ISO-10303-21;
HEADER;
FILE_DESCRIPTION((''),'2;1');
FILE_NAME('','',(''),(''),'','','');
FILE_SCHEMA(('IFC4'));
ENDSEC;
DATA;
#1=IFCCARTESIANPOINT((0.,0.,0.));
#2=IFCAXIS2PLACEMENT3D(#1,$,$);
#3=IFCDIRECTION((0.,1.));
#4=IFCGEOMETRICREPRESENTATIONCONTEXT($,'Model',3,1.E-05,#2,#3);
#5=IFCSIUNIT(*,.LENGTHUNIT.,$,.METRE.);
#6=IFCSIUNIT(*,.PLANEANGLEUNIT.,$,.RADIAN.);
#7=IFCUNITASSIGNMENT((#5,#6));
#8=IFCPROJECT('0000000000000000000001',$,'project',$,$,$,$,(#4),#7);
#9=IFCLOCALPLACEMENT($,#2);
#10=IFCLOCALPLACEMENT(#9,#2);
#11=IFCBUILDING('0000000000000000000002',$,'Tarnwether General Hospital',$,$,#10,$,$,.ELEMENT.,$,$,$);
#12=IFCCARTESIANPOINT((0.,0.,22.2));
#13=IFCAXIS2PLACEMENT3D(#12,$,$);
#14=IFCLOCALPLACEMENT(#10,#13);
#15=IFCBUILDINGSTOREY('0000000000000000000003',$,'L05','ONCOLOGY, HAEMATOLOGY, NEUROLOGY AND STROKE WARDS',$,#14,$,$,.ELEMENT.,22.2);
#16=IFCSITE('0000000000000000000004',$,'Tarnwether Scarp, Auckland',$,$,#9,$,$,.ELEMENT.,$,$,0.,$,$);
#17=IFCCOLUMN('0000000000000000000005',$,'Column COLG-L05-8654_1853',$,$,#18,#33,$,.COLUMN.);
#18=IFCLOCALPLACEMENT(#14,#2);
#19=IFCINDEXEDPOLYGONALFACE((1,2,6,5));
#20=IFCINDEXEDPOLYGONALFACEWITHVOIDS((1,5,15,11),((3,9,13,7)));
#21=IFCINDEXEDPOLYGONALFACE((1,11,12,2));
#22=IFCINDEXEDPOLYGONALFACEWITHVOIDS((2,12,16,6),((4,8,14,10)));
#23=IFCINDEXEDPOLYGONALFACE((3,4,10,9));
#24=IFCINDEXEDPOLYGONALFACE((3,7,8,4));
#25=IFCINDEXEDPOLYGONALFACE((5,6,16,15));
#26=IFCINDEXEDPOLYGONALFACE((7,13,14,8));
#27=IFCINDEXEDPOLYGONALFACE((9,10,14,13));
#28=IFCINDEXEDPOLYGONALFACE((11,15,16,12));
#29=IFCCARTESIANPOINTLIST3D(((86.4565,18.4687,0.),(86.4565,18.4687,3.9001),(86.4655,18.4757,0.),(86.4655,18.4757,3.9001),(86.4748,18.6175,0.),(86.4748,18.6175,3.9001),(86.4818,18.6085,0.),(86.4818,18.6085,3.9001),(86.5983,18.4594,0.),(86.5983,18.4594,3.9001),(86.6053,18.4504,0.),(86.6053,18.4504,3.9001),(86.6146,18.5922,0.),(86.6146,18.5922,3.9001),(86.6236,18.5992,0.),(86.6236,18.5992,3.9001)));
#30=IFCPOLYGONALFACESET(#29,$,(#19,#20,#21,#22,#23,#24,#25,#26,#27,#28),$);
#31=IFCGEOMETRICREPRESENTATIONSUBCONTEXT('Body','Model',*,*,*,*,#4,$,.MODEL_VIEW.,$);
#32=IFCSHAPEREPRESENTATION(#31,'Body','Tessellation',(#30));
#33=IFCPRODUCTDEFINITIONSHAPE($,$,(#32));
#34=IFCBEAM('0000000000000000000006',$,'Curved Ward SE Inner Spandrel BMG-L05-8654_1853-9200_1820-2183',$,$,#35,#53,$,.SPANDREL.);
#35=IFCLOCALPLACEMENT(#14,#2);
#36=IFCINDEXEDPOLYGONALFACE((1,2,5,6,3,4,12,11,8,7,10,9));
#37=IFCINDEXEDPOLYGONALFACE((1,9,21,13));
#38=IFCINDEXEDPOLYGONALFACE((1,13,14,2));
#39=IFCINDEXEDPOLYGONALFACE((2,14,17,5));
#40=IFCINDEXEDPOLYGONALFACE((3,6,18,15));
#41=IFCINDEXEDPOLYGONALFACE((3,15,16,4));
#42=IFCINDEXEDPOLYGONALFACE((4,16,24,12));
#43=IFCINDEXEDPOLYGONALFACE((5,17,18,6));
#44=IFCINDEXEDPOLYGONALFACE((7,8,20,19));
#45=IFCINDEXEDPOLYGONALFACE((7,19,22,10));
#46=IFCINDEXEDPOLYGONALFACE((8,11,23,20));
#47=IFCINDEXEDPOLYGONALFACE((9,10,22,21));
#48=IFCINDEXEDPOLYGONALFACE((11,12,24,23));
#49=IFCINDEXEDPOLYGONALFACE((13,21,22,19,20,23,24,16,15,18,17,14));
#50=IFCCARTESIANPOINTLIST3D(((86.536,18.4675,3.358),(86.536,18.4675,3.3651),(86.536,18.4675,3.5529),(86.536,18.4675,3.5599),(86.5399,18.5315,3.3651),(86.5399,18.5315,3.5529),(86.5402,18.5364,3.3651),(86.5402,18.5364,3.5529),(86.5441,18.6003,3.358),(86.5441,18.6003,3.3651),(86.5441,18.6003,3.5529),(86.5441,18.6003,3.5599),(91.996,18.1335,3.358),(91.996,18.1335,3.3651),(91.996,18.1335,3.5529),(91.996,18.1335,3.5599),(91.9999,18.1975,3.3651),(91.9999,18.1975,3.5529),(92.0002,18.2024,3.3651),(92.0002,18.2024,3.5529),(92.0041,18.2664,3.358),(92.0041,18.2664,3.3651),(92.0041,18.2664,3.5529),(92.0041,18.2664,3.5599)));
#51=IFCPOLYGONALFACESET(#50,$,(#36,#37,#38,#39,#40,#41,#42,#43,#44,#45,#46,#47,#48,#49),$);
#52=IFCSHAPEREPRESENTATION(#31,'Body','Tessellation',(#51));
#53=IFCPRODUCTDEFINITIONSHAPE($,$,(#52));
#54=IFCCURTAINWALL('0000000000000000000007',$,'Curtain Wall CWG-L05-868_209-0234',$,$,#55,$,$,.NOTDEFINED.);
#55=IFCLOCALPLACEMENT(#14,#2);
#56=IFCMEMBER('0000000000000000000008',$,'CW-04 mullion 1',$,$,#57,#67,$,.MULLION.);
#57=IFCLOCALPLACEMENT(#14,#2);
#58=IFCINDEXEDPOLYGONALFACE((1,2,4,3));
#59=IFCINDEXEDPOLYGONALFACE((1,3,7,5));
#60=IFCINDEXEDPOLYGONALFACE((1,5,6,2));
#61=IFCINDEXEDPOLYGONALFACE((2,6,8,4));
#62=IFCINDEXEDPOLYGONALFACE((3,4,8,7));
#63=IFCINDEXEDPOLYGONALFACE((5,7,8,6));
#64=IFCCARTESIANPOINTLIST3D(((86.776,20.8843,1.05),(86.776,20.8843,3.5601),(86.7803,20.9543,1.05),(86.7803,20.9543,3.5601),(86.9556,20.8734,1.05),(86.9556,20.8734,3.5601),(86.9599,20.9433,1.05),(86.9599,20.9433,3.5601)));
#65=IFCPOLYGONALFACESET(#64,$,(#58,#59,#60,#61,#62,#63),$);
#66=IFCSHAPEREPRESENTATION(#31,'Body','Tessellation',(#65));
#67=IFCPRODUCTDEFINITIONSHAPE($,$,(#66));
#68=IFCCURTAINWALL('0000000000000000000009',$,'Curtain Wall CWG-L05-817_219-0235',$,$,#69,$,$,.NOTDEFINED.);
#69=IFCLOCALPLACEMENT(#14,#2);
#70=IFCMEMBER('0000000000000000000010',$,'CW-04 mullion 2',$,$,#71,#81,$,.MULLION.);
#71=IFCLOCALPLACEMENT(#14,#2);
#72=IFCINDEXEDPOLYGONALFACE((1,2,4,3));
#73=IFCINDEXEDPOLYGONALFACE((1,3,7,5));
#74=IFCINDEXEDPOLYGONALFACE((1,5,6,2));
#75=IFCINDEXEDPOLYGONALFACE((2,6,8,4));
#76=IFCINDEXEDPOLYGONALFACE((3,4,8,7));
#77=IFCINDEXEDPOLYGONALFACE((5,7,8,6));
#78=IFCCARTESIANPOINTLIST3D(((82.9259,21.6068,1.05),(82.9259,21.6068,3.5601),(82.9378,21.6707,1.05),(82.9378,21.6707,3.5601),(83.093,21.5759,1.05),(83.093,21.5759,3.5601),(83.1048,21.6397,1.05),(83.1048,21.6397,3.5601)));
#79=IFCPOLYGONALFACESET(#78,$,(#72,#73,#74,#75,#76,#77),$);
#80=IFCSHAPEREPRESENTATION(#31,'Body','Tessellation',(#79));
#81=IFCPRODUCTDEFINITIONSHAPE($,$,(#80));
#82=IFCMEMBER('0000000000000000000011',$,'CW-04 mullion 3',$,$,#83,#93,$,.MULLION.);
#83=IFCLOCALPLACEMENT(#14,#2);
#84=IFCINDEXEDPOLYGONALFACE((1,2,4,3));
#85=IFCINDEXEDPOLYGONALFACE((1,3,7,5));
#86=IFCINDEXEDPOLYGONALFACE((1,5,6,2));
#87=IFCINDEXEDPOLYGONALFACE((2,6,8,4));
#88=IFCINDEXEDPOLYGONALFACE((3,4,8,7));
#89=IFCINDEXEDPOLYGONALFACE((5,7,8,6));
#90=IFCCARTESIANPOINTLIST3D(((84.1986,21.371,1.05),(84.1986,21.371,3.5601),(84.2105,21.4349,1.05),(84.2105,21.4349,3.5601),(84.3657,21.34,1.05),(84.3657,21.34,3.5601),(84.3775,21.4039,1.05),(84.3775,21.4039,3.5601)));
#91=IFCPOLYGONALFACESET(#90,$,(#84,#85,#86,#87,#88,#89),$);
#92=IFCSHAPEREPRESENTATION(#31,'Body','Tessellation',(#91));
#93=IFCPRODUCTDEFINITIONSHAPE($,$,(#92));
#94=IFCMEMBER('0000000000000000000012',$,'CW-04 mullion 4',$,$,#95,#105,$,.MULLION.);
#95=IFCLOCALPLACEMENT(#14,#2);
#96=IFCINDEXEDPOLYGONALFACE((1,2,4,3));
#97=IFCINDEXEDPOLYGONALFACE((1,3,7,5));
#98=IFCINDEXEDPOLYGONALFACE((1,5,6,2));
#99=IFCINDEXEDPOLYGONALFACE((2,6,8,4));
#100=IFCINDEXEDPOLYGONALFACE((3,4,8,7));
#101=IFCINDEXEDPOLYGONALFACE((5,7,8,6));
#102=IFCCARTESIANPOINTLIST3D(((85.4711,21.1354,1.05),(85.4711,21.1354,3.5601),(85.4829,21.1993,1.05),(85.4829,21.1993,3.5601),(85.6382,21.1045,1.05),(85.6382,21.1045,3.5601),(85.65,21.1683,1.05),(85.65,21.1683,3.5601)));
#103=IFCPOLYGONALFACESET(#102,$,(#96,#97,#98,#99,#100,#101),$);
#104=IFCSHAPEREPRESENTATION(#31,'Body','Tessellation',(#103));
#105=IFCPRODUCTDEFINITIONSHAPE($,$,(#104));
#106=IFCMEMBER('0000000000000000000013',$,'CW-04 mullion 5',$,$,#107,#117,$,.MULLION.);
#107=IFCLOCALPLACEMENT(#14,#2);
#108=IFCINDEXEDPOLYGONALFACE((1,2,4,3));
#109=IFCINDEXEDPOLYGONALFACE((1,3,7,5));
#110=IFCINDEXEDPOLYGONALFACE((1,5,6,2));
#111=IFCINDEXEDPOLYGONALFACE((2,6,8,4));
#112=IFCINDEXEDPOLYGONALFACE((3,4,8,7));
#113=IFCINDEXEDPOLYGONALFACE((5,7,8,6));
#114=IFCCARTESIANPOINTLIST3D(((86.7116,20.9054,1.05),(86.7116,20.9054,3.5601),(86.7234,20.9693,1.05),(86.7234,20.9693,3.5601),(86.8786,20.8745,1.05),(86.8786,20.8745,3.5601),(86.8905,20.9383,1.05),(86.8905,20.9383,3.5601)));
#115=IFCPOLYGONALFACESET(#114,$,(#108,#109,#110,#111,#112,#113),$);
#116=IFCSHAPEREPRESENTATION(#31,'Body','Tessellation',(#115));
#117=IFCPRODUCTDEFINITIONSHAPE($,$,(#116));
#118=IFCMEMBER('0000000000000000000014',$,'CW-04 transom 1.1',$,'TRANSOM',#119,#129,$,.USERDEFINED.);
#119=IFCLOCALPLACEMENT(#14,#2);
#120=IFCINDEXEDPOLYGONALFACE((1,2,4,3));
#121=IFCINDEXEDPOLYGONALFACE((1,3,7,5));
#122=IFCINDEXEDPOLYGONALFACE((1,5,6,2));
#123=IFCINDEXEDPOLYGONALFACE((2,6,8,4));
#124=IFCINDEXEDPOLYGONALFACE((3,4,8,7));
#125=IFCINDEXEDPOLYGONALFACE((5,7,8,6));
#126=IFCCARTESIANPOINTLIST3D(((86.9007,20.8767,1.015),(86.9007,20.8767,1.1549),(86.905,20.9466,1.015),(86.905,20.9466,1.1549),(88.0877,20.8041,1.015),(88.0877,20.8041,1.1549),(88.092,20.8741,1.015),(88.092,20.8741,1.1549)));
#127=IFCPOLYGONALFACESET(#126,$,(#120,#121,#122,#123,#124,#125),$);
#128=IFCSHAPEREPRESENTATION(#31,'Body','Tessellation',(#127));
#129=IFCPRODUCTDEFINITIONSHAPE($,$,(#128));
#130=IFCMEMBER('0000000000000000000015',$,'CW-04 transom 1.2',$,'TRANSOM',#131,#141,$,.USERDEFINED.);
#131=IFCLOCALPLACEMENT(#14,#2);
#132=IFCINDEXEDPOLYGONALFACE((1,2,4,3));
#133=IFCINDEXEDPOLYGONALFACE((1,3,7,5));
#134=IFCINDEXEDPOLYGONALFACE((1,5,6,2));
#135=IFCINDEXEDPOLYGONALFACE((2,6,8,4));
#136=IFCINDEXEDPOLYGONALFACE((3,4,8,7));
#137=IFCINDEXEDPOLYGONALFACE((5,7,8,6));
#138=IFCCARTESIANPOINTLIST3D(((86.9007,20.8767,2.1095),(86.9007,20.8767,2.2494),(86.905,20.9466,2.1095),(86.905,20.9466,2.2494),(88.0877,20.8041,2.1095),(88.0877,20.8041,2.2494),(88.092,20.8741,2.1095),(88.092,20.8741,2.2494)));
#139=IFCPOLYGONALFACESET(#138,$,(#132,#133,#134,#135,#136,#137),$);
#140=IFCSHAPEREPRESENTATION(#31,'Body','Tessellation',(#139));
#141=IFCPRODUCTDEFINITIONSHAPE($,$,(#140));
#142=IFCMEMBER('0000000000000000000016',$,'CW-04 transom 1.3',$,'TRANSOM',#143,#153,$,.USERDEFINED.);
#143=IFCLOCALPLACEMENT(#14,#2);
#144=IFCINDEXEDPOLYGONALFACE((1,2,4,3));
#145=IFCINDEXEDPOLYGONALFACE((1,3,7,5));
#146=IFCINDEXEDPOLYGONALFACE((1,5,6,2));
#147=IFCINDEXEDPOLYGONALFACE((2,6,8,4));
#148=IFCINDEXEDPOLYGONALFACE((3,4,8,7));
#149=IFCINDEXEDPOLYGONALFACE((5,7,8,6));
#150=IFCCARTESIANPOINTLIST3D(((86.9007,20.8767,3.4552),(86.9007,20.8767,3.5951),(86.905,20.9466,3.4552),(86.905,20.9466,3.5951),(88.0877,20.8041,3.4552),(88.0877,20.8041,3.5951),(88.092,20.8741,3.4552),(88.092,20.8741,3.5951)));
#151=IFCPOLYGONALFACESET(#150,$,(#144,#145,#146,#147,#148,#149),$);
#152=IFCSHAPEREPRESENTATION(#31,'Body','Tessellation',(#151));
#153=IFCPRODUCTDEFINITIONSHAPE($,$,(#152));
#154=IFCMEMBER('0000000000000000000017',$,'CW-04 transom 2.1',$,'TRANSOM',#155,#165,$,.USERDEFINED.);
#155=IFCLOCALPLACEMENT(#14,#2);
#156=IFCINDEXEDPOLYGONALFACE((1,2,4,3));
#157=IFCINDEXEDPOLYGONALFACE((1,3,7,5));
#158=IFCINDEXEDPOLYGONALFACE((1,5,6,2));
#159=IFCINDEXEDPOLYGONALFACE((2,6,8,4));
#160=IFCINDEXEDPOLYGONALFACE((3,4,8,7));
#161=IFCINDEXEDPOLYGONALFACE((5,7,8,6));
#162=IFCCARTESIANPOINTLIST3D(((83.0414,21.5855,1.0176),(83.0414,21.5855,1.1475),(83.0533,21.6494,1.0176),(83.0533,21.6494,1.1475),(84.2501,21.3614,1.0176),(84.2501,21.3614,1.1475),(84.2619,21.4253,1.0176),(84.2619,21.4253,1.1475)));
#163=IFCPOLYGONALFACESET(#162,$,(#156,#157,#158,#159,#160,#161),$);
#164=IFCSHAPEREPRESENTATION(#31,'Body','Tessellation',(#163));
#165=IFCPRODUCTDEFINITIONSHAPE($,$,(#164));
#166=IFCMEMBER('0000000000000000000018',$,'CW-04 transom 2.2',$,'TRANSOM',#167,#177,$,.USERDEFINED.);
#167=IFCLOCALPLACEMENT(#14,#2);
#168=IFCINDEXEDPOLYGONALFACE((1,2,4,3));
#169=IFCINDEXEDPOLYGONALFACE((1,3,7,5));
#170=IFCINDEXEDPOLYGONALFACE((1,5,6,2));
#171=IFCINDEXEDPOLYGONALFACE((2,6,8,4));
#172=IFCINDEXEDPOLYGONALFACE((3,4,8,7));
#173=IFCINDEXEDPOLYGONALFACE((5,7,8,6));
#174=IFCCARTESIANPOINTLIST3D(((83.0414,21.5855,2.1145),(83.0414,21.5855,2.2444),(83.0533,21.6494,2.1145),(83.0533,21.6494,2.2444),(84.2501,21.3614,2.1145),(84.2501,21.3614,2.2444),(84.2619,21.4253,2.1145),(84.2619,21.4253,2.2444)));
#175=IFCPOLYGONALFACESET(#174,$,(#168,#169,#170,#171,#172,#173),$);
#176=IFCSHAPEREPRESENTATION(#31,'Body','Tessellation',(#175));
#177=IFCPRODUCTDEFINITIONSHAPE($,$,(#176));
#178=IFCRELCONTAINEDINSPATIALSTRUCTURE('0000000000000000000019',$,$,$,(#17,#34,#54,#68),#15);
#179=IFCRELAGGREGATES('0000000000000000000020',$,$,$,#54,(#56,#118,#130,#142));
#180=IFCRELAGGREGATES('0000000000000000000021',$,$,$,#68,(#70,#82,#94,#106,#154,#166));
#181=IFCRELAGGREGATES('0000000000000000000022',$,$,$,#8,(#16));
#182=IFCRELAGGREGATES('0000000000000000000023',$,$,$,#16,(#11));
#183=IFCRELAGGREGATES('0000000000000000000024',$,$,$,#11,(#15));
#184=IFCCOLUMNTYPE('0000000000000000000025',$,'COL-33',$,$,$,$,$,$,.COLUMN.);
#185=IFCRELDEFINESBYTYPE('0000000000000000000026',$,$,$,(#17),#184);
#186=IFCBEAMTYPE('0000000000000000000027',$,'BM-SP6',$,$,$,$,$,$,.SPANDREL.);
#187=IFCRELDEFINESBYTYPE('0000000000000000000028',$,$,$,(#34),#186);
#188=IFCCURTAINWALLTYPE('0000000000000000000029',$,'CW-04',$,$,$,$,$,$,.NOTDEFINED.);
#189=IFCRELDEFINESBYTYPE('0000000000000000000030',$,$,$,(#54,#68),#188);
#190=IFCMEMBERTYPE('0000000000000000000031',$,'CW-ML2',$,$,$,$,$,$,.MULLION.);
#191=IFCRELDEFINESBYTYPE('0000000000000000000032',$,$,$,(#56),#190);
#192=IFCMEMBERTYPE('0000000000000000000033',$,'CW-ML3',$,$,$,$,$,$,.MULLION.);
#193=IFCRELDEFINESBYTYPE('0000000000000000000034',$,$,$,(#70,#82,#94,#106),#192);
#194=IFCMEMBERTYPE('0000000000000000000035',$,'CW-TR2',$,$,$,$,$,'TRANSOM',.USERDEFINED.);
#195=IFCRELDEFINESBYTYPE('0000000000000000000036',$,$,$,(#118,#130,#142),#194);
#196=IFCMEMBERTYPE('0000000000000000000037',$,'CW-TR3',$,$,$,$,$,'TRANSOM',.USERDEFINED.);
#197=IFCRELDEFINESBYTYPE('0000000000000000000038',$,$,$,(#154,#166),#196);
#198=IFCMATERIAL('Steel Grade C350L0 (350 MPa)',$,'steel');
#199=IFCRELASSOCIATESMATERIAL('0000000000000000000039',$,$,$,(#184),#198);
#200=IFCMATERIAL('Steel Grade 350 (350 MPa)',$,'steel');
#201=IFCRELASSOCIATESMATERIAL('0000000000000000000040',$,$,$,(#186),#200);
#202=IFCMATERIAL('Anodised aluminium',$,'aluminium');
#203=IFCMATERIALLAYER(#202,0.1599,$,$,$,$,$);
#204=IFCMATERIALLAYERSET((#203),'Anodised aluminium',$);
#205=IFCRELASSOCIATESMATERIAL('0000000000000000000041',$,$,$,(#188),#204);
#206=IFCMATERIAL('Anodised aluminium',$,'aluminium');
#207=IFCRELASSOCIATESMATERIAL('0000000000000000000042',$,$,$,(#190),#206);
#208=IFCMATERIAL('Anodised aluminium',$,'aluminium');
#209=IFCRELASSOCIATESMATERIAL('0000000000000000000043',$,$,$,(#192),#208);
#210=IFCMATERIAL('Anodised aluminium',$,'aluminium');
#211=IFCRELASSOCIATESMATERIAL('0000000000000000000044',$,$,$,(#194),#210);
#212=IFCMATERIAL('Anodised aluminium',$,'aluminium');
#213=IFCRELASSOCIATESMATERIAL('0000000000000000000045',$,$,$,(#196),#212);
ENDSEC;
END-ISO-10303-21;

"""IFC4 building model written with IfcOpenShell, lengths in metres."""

from ifc_helpers import new_model, si_unit, direction, frame, origin, origin_2d, place, context, subcontext, project, spatial, rectangle, hollow_rectangle, i_section, extrude, material, layer, layer_set, material_profile, profile_set, type_object, element, aggregate, save


model = new_model("IFC4")

# Units and contexts
model_context = context("Model", 3, precision=1e-05, world=origin(), true_north=direction((0.0, 1.0)))
body_context = subcontext(model_context, "Body", "Model", "MODEL_VIEW")
ifc_project = project(units=[si_unit("LENGTHUNIT", "METRE"), si_unit("PLANEANGLEUNIT", "RADIAN")], contexts=[model_context])

# Site, building, storey
site_placement = place(None, origin())
site = spatial("IfcSite", under=ifc_project, at=site_placement, Name="Tarnwether Scarp, Auckland", CompositionType="ELEMENT", RefElevation=0.0)
building_placement = place(site_placement, origin())
building = spatial("IfcBuilding", under=site, at=building_placement, Name="Tarnwether General Hospital", CompositionType="ELEMENT")
storey_placement = place(building_placement, frame((0.0, 0.0, 22.2)))
storey = spatial("IfcBuildingStorey", under=building, at=storey_placement, Name="L05", Description="ONCOLOGY, HAEMATOLOGY, NEUROLOGY AND STROKE WARDS", CompositionType="ELEMENT", Elevation=22.2)

# Column
ifc_material_1 = material(Name="Steel Grade C350L0 (350 MPa)", Category="steel")
ifc_material_profile_1 = material_profile(ifc_material_1, hollow_rectangle(XDim=0.1499, YDim=0.1499, WallThickness=0.0081, at=origin_2d()), Name="SHS150x150x8")
ifc_profile_set_1 = profile_set([ifc_material_profile_1], Name="Steel Grade C350L0 (350 MPa)")
column_type = type_object("IfcColumnType", Name="COL-33", PredefinedType="COLUMN", material=ifc_profile_set_1)
column_placement = place(storey_placement, frame((86.54, 18.5339, 0.0), z_axis=(0.0, 0.0, 1.0), x_axis=(0.121869, 0.992546, 0.0)))
element("IfcColumn", 1, at=column_placement, inside=storey, type_object=column_type, Name="Column COLG-L05-8654_1853", PredefinedType="COLUMN", context=body_context, shape_type="SweptSolid", body=[
    extrude(hollow_rectangle(XDim=0.1499, YDim=0.1499, WallThickness=0.0081, at=origin_2d()), origin(), (0.0, 0.0, 1.0), 3.9001),
])

# Beam
ifc_material_2 = material(Name="Steel Grade 350 (350 MPa)", Category="steel")
ifc_material_profile_2 = material_profile(ifc_material_2, i_section(OverallWidth=0.1331, OverallDepth=0.2019, WebThickness=0.0049, FlangeThickness=0.0071, at=origin_2d()), Name="200UB22.3")
ifc_profile_set_2 = profile_set([ifc_material_profile_2], Name="Steel Grade 350 (350 MPa)")
beam_type = type_object("IfcBeamType", Name="BM-SP6", PredefinedType="SPANDREL", material=ifc_profile_set_2)
beam_placement = place(storey_placement, frame((86.54, 18.5339, 3.459), z_axis=(0.998134, -0.061056, 0.0), x_axis=(0.061056, 0.998134, 0.0)))
element("IfcBeam", 2, at=beam_placement, inside=storey, type_object=beam_type, Name="Curved Ward SE Inner Spandrel BMG-L05-8654_1853-9200_1820-2183", PredefinedType="SPANDREL", context=body_context, shape_type="SweptSolid", body=[
    extrude(i_section(OverallWidth=0.1331, OverallDepth=0.2019, WebThickness=0.0049, FlangeThickness=0.0071, at=origin_2d()), origin(), (0.0, 0.0, 1.0), 5.4702),
])

# Curtain wall, member
ifc_material_3 = material(Name="Anodised aluminium", Category="aluminium")
ifc_layer_1 = layer(ifc_material_3, 0.1599)
ifc_layer_set_1 = layer_set([ifc_layer_1], Name="Anodised aluminium")
curtain_wall_type = type_object("IfcCurtainWallType", Name="CW-04", PredefinedType="NOTDEFINED", material=ifc_layer_set_1)
curtain_wall_1_placement = place(storey_placement, origin())
curtain_wall_1 = element("IfcCurtainWall", 3, at=curtain_wall_1_placement, inside=storey, type_object=curtain_wall_type, Name="Curtain Wall CWG-L05-868_209-0234", PredefinedType="NOTDEFINED")
ifc_material_4 = material(Name="Anodised aluminium", Category="aluminium")
ifc_material_profile_3 = material_profile(ifc_material_4, rectangle(XDim=0.0701, YDim=0.1799, at=origin_2d()), Name="ALU-MUL-70x180")
ifc_profile_set_3 = profile_set([ifc_material_profile_3], Name="Anodised aluminium")
member_type_1 = type_object("IfcMemberType", Name="CW-ML2", PredefinedType="MULLION", material=ifc_profile_set_3)
member_1_placement = place(storey_placement, frame((86.8679, 20.9138, 1.05), z_axis=(0.0, 0.0, 1.0), x_axis=(0.061043, 0.998135, 0.0)))
member_1 = element("IfcMember", 4, at=member_1_placement, type_object=member_type_1, Name="CW-04 mullion 1", PredefinedType="MULLION", context=body_context, shape_type="SweptSolid", body=[
    extrude(rectangle(XDim=0.0701, YDim=0.1799, at=origin_2d()), origin(), (0.0, 0.0, 1.0), 2.51),
])

# Curtain wall, members
curtain_wall_2_placement = place(storey_placement, origin())
curtain_wall_2 = element("IfcCurtainWall", 5, at=curtain_wall_2_placement, inside=storey, type_object=curtain_wall_type, Name="Curtain Wall CWG-L05-817_219-0235", PredefinedType="NOTDEFINED")
ifc_material_5 = material(Name="Anodised aluminium", Category="aluminium")
ifc_material_profile_4 = material_profile(ifc_material_5, rectangle(XDim=0.0649, YDim=0.1699, at=origin_2d()), Name="ALU-MUL-65x170")
ifc_profile_set_4 = profile_set([ifc_material_profile_4], Name="Anodised aluminium")
member_type_2 = type_object("IfcMemberType", Name="CW-ML3", PredefinedType="MULLION", material=ifc_profile_set_4)
member_2_placement = place(storey_placement, frame((83.0154, 21.6233, 1.05), z_axis=(0.0, 0.0, 1.0), x_axis=(0.182165, 0.983268, 0.0)))
member_2 = element("IfcMember", 6, at=member_2_placement, type_object=member_type_2, Name="CW-04 mullion 2", PredefinedType="MULLION", context=body_context, shape_type="SweptSolid", body=[
    extrude(rectangle(XDim=0.0649, YDim=0.1699, at=origin_2d()), origin(), (0.0, 0.0, 1.0), 2.51),
])
member_3_placement = place(storey_placement, frame((84.2881, 21.3875, 1.05), z_axis=(0.0, 0.0, 1.0), x_axis=(0.182165, 0.983268, 0.0)))
member_3 = element("IfcMember", 7, at=member_3_placement, type_object=member_type_2, Name="CW-04 mullion 3", PredefinedType="MULLION", context=body_context, shape_type="SweptSolid", body=[
    extrude(rectangle(XDim=0.0649, YDim=0.1699, at=origin_2d()), origin(), (0.0, 0.0, 1.0), 2.51),
])
member_4_placement = place(storey_placement, frame((85.5605, 21.1519, 1.05), z_axis=(0.0, 0.0, 1.0), x_axis=(0.182165, 0.983268, 0.0)))
member_4 = element("IfcMember", 8, at=member_4_placement, type_object=member_type_2, Name="CW-04 mullion 4", PredefinedType="MULLION", context=body_context, shape_type="SweptSolid", body=[
    extrude(rectangle(XDim=0.0649, YDim=0.1699, at=origin_2d()), origin(), (0.0, 0.0, 1.0), 2.51),
])
member_5_placement = place(storey_placement, frame((86.801, 20.9219, 1.05), z_axis=(0.0, 0.0, 1.0), x_axis=(0.182165, 0.983268, 0.0)))
member_5 = element("IfcMember", 9, at=member_5_placement, type_object=member_type_2, Name="CW-04 mullion 5", PredefinedType="MULLION", context=body_context, shape_type="SweptSolid", body=[
    extrude(rectangle(XDim=0.0649, YDim=0.1699, at=origin_2d()), origin(), (0.0, 0.0, 1.0), 2.51),
])

# Members
ifc_material_6 = material(Name="Anodised aluminium", Category="aluminium")
ifc_material_profile_5 = material_profile(ifc_material_6, rectangle(XDim=0.0701, YDim=0.1399, at=origin_2d()), Name="ALU-TRN-70x140")
ifc_profile_set_5 = profile_set([ifc_material_profile_5], Name="Anodised aluminium")
member_type_3 = type_object("IfcMemberType", Name="CW-TR2", ElementType="TRANSOM", PredefinedType="USERDEFINED", material=ifc_profile_set_5)
member_6_placement = place(storey_placement, frame((86.9028, 20.9116, 1.085), z_axis=(0.998139, -0.060972, 0.0), x_axis=(0.060972, 0.998139, 0.0)))
member_6 = element("IfcMember", 10, at=member_6_placement, type_object=member_type_3, Name="CW-04 transom 1.1", ObjectType="TRANSOM", PredefinedType="USERDEFINED", context=body_context, shape_type="SweptSolid", body=[
    extrude(rectangle(XDim=0.0701, YDim=0.1399, at=origin_2d()), origin(), (0.0, 0.0, 1.0), 1.1892),
])
member_7_placement = place(storey_placement, frame((86.9028, 20.9116, 2.1794), z_axis=(0.998139, -0.060972, 0.0), x_axis=(0.060972, 0.998139, 0.0)))
member_7 = element("IfcMember", 11, at=member_7_placement, type_object=member_type_3, Name="CW-04 transom 1.2", ObjectType="TRANSOM", PredefinedType="USERDEFINED", context=body_context, shape_type="SweptSolid", body=[
    extrude(rectangle(XDim=0.0701, YDim=0.1399, at=origin_2d()), origin(), (0.0, 0.0, 1.0), 1.1892),
])
member_8_placement = place(storey_placement, frame((86.9028, 20.9116, 3.5251), z_axis=(0.998139, -0.060972, 0.0), x_axis=(0.060972, 0.998139, 0.0)))
member_8 = element("IfcMember", 12, at=member_8_placement, type_object=member_type_3, Name="CW-04 transom 1.3", ObjectType="TRANSOM", PredefinedType="USERDEFINED", context=body_context, shape_type="SweptSolid", body=[
    extrude(rectangle(XDim=0.0701, YDim=0.1399, at=origin_2d()), origin(), (0.0, 0.0, 1.0), 1.1892),
])
ifc_material_7 = material(Name="Anodised aluminium", Category="aluminium")
ifc_material_profile_6 = material_profile(ifc_material_7, rectangle(XDim=0.0649, YDim=0.1299, at=origin_2d()), Name="ALU-TRN-65x130")
ifc_profile_set_6 = profile_set([ifc_material_profile_6], Name="Anodised aluminium")
member_type_4 = type_object("IfcMemberType", Name="CW-TR3", ElementType="TRANSOM", PredefinedType="USERDEFINED", material=ifc_profile_set_6)
member_9_placement = place(storey_placement, frame((83.0474, 21.6174, 1.0825), z_axis=(0.983241, -0.18231, 0.0), x_axis=(0.18231, 0.983241, 0.0)))
member_9 = element("IfcMember", 13, at=member_9_placement, type_object=member_type_4, Name="CW-04 transom 2.1", ObjectType="TRANSOM", PredefinedType="USERDEFINED", context=body_context, shape_type="SweptSolid", body=[
    extrude(rectangle(XDim=0.0649, YDim=0.1299, at=origin_2d()), origin(), (0.0, 0.0, 1.0), 1.2292),
])
member_10_placement = place(storey_placement, frame((83.0474, 21.6174, 2.1794), z_axis=(0.983241, -0.18231, 0.0), x_axis=(0.18231, 0.983241, 0.0)))
member_10 = element("IfcMember", 14, at=member_10_placement, type_object=member_type_4, Name="CW-04 transom 2.2", ObjectType="TRANSOM", PredefinedType="USERDEFINED", context=body_context, shape_type="SweptSolid", body=[
    extrude(rectangle(XDim=0.0649, YDim=0.1299, at=origin_2d()), origin(), (0.0, 0.0, 1.0), 1.2292),
])

aggregate(curtain_wall_1, [member_1, member_6, member_7, member_8])
aggregate(curtain_wall_2, [member_2, member_3, member_4, member_5, member_9, member_10])

save(model, "model.ifc")
